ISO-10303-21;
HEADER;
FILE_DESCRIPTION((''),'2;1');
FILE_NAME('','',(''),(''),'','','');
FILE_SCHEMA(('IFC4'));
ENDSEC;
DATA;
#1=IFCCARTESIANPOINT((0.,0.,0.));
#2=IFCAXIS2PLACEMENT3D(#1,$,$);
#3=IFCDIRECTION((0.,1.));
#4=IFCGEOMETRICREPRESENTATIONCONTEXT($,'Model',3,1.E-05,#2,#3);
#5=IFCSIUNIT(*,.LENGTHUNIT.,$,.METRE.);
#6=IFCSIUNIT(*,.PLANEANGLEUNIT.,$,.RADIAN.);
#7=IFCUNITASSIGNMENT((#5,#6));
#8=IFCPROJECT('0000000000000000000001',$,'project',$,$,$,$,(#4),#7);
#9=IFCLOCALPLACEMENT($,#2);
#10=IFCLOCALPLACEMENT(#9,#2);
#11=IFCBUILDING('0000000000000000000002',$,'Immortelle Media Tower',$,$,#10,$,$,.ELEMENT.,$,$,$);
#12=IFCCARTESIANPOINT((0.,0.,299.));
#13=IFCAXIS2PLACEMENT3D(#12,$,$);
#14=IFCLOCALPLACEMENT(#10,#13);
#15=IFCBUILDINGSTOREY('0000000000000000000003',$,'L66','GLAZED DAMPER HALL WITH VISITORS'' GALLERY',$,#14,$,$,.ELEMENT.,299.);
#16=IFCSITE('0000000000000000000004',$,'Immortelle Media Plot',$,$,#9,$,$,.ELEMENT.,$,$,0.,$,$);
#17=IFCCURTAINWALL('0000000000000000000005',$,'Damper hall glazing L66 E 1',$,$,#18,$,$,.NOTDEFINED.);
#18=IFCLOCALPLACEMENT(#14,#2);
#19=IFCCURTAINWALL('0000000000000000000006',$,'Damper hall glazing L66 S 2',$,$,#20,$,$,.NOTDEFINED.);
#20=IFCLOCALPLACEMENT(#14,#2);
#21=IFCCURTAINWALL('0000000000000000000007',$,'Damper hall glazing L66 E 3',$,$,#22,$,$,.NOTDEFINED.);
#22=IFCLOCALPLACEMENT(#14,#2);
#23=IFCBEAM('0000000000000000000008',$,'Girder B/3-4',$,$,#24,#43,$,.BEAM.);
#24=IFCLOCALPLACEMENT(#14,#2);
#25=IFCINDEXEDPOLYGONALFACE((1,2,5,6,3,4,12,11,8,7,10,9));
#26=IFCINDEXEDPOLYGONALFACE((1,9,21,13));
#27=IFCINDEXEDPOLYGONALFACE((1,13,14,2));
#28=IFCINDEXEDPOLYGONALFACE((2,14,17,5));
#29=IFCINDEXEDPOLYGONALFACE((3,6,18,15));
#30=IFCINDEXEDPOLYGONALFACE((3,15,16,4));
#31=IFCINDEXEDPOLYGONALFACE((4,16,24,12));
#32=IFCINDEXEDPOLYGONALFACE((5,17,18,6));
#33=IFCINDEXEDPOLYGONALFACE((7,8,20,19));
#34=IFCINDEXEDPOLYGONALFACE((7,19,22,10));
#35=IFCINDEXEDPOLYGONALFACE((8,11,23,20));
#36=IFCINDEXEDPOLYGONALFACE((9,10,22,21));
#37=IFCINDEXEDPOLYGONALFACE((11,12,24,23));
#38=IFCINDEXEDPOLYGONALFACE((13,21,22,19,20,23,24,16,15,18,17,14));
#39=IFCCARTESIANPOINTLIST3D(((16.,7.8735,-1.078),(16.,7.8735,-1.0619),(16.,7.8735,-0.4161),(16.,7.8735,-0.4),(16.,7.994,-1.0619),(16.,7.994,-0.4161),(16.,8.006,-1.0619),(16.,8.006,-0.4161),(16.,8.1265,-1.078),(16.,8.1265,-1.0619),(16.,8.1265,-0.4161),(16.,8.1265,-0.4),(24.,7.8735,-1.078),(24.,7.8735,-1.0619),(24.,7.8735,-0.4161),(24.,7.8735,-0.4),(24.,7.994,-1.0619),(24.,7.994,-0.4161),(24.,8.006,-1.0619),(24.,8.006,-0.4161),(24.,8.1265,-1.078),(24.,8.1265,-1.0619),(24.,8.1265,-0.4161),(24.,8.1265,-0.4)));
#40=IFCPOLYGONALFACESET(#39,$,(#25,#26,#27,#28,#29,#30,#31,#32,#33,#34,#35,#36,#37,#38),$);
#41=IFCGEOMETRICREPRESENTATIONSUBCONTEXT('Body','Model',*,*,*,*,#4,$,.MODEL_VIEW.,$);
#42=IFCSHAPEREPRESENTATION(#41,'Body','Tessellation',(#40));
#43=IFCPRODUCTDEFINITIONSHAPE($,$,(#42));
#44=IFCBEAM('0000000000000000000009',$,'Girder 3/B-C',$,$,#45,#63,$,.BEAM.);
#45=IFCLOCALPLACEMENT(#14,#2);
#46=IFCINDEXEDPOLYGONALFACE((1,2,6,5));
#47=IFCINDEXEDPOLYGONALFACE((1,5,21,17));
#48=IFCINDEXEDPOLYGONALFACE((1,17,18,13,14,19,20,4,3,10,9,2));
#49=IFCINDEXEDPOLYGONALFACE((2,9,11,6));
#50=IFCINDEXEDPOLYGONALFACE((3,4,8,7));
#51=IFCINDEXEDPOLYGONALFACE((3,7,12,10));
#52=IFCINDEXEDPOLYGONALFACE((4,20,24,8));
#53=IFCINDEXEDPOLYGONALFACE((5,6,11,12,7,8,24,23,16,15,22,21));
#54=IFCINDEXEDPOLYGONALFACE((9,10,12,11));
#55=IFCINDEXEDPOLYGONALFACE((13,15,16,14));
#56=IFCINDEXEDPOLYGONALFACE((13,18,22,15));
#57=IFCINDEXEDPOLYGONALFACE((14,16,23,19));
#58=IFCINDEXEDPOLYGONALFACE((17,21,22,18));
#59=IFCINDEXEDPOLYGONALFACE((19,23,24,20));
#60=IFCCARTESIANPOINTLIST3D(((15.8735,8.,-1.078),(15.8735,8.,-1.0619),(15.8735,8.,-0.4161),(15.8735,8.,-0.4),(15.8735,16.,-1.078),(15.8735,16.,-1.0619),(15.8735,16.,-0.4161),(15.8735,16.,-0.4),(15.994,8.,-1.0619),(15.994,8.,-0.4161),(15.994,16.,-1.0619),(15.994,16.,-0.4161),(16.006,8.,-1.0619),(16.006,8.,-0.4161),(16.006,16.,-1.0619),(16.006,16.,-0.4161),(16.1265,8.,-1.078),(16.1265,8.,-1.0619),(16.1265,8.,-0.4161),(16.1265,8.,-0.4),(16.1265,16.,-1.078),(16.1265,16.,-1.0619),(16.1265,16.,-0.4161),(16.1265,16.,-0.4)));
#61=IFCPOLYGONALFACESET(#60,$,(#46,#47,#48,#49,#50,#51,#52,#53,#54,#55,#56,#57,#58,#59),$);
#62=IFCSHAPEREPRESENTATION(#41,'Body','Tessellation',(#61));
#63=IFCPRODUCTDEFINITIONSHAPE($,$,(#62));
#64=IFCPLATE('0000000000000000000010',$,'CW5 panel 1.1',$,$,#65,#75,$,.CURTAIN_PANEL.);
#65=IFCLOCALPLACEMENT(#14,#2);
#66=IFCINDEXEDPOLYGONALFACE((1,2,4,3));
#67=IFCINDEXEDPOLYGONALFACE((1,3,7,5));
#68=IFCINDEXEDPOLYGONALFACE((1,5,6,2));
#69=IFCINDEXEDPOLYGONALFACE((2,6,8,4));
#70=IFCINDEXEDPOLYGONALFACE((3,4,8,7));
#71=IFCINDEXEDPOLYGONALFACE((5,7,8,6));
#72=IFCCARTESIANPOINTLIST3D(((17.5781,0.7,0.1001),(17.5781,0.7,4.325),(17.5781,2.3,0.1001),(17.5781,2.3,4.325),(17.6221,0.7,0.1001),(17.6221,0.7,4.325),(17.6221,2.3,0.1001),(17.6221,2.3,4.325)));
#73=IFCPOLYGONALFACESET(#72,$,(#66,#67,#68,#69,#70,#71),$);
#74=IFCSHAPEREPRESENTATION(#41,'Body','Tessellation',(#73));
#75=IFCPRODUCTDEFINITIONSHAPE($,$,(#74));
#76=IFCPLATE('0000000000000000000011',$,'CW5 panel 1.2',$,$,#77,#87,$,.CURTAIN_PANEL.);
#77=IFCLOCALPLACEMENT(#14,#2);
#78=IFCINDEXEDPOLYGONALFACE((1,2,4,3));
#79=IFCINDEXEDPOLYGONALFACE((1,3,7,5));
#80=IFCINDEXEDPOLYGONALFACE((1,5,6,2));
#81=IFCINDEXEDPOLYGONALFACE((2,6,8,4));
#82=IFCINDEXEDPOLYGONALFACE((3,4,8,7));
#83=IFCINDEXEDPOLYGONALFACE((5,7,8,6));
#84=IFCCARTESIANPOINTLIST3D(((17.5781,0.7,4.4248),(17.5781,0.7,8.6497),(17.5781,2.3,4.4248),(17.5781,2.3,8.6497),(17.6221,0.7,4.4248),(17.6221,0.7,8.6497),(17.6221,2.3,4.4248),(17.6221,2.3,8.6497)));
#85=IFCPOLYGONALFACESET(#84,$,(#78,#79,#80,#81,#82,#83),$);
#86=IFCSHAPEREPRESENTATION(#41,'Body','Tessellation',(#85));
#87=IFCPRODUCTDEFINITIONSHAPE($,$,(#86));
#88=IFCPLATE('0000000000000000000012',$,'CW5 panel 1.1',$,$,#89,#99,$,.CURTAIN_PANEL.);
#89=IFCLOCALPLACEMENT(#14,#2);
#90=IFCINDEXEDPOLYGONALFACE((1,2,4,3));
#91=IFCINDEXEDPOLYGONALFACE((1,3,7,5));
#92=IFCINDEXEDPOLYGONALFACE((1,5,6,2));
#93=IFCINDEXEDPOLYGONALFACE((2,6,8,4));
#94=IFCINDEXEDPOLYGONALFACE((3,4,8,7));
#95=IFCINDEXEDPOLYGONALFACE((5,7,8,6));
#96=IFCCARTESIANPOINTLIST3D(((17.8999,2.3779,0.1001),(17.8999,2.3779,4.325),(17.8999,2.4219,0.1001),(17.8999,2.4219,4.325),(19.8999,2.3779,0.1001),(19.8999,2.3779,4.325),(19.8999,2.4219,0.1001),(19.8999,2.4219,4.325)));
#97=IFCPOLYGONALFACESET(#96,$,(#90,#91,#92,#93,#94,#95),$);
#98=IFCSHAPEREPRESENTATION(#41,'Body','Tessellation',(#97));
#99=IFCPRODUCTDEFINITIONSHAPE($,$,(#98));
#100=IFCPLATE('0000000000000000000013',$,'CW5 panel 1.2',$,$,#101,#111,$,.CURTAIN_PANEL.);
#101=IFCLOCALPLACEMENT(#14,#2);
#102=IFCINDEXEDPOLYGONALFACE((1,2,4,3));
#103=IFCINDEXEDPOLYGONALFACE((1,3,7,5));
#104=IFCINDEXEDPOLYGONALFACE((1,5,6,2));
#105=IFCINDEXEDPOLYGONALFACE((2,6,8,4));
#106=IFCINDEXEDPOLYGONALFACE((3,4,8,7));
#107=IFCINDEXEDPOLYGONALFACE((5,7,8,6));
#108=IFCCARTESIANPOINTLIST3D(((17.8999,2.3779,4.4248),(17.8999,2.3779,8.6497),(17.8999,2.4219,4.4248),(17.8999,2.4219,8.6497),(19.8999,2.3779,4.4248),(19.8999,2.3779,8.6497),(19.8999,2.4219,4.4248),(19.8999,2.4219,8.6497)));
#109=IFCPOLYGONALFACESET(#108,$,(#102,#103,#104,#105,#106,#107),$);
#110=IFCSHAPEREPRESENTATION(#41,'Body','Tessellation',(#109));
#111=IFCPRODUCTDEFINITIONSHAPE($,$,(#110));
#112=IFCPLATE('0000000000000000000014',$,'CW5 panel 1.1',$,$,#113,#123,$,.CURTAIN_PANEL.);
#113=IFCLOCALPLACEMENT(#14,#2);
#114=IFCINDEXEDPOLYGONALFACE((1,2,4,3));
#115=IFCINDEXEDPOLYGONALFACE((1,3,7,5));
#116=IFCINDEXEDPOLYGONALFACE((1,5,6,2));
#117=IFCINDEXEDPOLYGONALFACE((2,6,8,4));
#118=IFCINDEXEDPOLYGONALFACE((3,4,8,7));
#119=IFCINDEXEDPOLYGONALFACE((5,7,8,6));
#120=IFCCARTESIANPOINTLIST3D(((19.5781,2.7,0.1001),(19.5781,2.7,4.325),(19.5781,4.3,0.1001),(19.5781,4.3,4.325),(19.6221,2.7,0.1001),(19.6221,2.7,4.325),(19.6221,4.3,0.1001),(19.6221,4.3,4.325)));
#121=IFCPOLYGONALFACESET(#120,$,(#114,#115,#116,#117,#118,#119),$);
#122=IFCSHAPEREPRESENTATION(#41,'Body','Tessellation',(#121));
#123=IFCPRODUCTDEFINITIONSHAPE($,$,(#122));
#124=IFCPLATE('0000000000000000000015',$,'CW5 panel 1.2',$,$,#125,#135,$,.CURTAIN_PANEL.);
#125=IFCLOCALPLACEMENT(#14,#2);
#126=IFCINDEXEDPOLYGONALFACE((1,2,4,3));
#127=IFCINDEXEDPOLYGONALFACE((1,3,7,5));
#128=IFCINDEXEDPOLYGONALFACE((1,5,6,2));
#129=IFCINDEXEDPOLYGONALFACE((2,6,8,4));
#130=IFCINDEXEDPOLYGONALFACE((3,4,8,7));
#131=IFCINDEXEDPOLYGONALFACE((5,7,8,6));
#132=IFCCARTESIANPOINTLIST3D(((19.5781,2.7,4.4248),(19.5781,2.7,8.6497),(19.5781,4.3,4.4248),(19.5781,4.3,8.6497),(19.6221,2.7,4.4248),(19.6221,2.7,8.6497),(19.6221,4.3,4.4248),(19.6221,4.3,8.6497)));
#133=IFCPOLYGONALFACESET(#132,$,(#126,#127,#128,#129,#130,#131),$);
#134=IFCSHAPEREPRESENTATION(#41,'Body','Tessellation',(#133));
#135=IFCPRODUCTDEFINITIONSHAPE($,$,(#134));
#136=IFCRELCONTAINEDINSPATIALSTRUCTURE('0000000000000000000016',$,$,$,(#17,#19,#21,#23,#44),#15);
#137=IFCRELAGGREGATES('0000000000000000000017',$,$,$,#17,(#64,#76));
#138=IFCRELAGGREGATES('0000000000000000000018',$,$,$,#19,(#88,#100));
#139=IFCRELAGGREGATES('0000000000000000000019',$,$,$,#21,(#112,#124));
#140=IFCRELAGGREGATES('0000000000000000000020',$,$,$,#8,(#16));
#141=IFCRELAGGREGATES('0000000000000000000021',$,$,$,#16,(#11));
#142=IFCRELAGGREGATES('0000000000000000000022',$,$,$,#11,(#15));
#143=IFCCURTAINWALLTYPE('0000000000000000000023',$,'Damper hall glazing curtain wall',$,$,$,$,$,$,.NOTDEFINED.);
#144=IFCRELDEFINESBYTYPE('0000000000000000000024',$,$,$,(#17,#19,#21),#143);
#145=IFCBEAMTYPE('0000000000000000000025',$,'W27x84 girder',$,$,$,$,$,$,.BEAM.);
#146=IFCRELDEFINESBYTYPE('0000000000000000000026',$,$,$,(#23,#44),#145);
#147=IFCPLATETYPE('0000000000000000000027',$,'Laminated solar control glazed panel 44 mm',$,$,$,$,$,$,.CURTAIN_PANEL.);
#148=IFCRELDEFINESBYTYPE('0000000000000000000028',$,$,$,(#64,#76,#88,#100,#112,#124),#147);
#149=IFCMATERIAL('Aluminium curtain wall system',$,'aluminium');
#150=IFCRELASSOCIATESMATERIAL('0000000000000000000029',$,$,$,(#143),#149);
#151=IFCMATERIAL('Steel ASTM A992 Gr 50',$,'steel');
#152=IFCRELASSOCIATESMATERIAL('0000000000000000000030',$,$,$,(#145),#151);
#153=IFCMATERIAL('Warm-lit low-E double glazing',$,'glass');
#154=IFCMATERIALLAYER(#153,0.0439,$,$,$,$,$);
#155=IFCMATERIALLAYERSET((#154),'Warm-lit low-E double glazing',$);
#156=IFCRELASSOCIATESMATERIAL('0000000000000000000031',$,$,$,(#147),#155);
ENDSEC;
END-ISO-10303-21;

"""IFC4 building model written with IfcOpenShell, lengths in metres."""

from ifc_helpers import new_model, si_unit, direction, frame, origin, origin_2d, place, context, subcontext, project, spatial, rectangle, i_section, extrude, material, layer, layer_set, material_profile, profile_set, type_object, element, aggregate, save


model = new_model("IFC4")

# Units and contexts
model_context = context("Model", 3, precision=1e-05, world=origin(), true_north=direction((0.0, 1.0)))
body_context = subcontext(model_context, "Body", "Model", "MODEL_VIEW")
ifc_project = project(units=[si_unit("LENGTHUNIT", "METRE"), si_unit("PLANEANGLEUNIT", "RADIAN")], contexts=[model_context])

# Site, building, storey
site_placement = place(None, origin())
site = spatial("IfcSite", under=ifc_project, at=site_placement, Name="Immortelle Media Plot", CompositionType="ELEMENT", RefElevation=0.0)
building_placement = place(site_placement, origin())
building = spatial("IfcBuilding", under=site, at=building_placement, Name="Immortelle Media Tower", CompositionType="ELEMENT")
storey_placement = place(building_placement, frame((0.0, 0.0, 299.0)))
storey = spatial("IfcBuildingStorey", under=building, at=storey_placement, Name="L66", Description="GLAZED DAMPER HALL WITH VISITORS' GALLERY", CompositionType="ELEMENT", Elevation=299.0)

# Shared definitions
ifc_material_1 = material(Name="Steel ASTM A992 Gr 50", Category="steel")

# Curtain walls
ifc_material_2 = material(Name="Aluminium curtain wall system", Category="aluminium")
curtain_wall_type = type_object("IfcCurtainWallType", Name="Damper hall glazing curtain wall", PredefinedType="NOTDEFINED", material=ifc_material_2)
curtain_wall_1_placement = place(storey_placement, origin())
curtain_wall_1 = element("IfcCurtainWall", 1, at=curtain_wall_1_placement, inside=storey, type_object=curtain_wall_type, Name="Damper hall glazing L66 E 1", PredefinedType="NOTDEFINED")
curtain_wall_2_placement = place(storey_placement, origin())
curtain_wall_2 = element("IfcCurtainWall", 2, at=curtain_wall_2_placement, inside=storey, type_object=curtain_wall_type, Name="Damper hall glazing L66 S 2", PredefinedType="NOTDEFINED")

# Curtain wall
curtain_wall_3_placement = place(storey_placement, origin())
curtain_wall_3 = element("IfcCurtainWall", 3, at=curtain_wall_3_placement, inside=storey, type_object=curtain_wall_type, Name="Damper hall glazing L66 E 3", PredefinedType="NOTDEFINED")

# Beams
ifc_material_profile_1 = material_profile(ifc_material_1, i_section(OverallWidth=0.2529, OverallDepth=0.678, WebThickness=0.012, FlangeThickness=0.0161, at=origin_2d()), Name="W27x84")
ifc_profile_set_1 = profile_set([ifc_material_profile_1], Name="Steel ASTM A992 Gr 50")
beam_type_1 = type_object("IfcBeamType", Name="W27x84 girder", PredefinedType="BEAM", material=ifc_profile_set_1)
for number, where, z_axis, x_axis, name in (
    (4, (16.0, 8.0, -0.739), (1.0, 0.0, 0.0), (0.0, 1.0, 0.0), "Girder B/3-4"),
    (5, (16.0, 8.0, -0.739), (0.0, 1.0, 0.0), (-1.0, 0.0, 0.0), "Girder 3/B-C"),
):
    element("IfcBeam", number, at=place(storey_placement, frame(where, z_axis=z_axis, x_axis=x_axis)), inside=storey, type_object=beam_type_1, Name=name, PredefinedType="BEAM", context=body_context, shape_type="SweptSolid", body=[
        extrude(i_section(OverallWidth=0.2529, OverallDepth=0.678, WebThickness=0.012, FlangeThickness=0.0161, at=origin_2d()), origin(), (0.0, 0.0, 1.0), 8.0),
    ])

# Plates
ifc_material_3 = material(Name="Warm-lit low-E double glazing", Category="glass")
ifc_layer_1 = layer(ifc_material_3, 0.0439)
ifc_layer_set_1 = layer_set([ifc_layer_1], Name="Warm-lit low-E double glazing")
plate_type = type_object("IfcPlateType", Name="Laminated solar control glazed panel 44 mm", PredefinedType="CURTAIN_PANEL", material=ifc_layer_set_1)
plate_1_placement = place(storey_placement, frame((17.6001, 1.5, 0.1001), z_axis=(0.0, 0.0, 1.0), x_axis=(0.0, 1.0, 0.0)))
plate_1 = element("IfcPlate", 6, at=plate_1_placement, type_object=plate_type, Name="CW5 panel 1.1", PredefinedType="CURTAIN_PANEL", context=body_context, shape_type="SweptSolid", body=[
    extrude(rectangle(XDim=1.6001, YDim=0.0439, at=origin_2d()), origin(), (0.0, 0.0, 1.0), 4.2249),
])
plate_2_placement = place(storey_placement, frame((17.6001, 1.5, 4.4248), z_axis=(0.0, 0.0, 1.0), x_axis=(0.0, 1.0, 0.0)))
plate_2 = element("IfcPlate", 7, at=plate_2_placement, type_object=plate_type, Name="CW5 panel 1.2", PredefinedType="CURTAIN_PANEL", context=body_context, shape_type="SweptSolid", body=[
    extrude(rectangle(XDim=1.6001, YDim=0.0439, at=origin_2d()), origin(), (0.0, 0.0, 1.0), 4.2249),
])
aggregate(curtain_wall_1, [plate_1, plate_2])
plate_3_placement = place(storey_placement, frame((18.8999, 2.3999, 0.1001), z_axis=(0.0, 0.0, 1.0), x_axis=(1.0, 0.0, 0.0)))
plate_3 = element("IfcPlate", 8, at=plate_3_placement, type_object=plate_type, Name="CW5 panel 1.1", PredefinedType="CURTAIN_PANEL", context=body_context, shape_type="SweptSolid", body=[
    extrude(rectangle(XDim=2.0, YDim=0.0439, at=origin_2d()), origin(), (0.0, 0.0, 1.0), 4.2249),
])
plate_4_placement = place(storey_placement, frame((18.8999, 2.3999, 4.4248), z_axis=(0.0, 0.0, 1.0), x_axis=(1.0, 0.0, 0.0)))
plate_4 = element("IfcPlate", 9, at=plate_4_placement, type_object=plate_type, Name="CW5 panel 1.2", PredefinedType="CURTAIN_PANEL", context=body_context, shape_type="SweptSolid", body=[
    extrude(rectangle(XDim=2.0, YDim=0.0439, at=origin_2d()), origin(), (0.0, 0.0, 1.0), 4.2249),
])
aggregate(curtain_wall_2, [plate_3, plate_4])
plate_5_placement = place(storey_placement, frame((19.6001, 3.5, 0.1001), z_axis=(0.0, 0.0, 1.0), x_axis=(0.0, 1.0, 0.0)))
plate_5 = element("IfcPlate", 10, at=plate_5_placement, type_object=plate_type, Name="CW5 panel 1.1", PredefinedType="CURTAIN_PANEL", context=body_context, shape_type="SweptSolid", body=[
    extrude(rectangle(XDim=1.6001, YDim=0.0439, at=origin_2d()), origin(), (0.0, 0.0, 1.0), 4.2249),
])
plate_6_placement = place(storey_placement, frame((19.6001, 3.5, 4.4248), z_axis=(0.0, 0.0, 1.0), x_axis=(0.0, 1.0, 0.0)))
plate_6 = element("IfcPlate", 11, at=plate_6_placement, type_object=plate_type, Name="CW5 panel 1.2", PredefinedType="CURTAIN_PANEL", context=body_context, shape_type="SweptSolid", body=[
    extrude(rectangle(XDim=1.6001, YDim=0.0439, at=origin_2d()), origin(), (0.0, 0.0, 1.0), 4.2249),
])
aggregate(curtain_wall_3, [plate_5, plate_6])

save(model, "model.ifc")
